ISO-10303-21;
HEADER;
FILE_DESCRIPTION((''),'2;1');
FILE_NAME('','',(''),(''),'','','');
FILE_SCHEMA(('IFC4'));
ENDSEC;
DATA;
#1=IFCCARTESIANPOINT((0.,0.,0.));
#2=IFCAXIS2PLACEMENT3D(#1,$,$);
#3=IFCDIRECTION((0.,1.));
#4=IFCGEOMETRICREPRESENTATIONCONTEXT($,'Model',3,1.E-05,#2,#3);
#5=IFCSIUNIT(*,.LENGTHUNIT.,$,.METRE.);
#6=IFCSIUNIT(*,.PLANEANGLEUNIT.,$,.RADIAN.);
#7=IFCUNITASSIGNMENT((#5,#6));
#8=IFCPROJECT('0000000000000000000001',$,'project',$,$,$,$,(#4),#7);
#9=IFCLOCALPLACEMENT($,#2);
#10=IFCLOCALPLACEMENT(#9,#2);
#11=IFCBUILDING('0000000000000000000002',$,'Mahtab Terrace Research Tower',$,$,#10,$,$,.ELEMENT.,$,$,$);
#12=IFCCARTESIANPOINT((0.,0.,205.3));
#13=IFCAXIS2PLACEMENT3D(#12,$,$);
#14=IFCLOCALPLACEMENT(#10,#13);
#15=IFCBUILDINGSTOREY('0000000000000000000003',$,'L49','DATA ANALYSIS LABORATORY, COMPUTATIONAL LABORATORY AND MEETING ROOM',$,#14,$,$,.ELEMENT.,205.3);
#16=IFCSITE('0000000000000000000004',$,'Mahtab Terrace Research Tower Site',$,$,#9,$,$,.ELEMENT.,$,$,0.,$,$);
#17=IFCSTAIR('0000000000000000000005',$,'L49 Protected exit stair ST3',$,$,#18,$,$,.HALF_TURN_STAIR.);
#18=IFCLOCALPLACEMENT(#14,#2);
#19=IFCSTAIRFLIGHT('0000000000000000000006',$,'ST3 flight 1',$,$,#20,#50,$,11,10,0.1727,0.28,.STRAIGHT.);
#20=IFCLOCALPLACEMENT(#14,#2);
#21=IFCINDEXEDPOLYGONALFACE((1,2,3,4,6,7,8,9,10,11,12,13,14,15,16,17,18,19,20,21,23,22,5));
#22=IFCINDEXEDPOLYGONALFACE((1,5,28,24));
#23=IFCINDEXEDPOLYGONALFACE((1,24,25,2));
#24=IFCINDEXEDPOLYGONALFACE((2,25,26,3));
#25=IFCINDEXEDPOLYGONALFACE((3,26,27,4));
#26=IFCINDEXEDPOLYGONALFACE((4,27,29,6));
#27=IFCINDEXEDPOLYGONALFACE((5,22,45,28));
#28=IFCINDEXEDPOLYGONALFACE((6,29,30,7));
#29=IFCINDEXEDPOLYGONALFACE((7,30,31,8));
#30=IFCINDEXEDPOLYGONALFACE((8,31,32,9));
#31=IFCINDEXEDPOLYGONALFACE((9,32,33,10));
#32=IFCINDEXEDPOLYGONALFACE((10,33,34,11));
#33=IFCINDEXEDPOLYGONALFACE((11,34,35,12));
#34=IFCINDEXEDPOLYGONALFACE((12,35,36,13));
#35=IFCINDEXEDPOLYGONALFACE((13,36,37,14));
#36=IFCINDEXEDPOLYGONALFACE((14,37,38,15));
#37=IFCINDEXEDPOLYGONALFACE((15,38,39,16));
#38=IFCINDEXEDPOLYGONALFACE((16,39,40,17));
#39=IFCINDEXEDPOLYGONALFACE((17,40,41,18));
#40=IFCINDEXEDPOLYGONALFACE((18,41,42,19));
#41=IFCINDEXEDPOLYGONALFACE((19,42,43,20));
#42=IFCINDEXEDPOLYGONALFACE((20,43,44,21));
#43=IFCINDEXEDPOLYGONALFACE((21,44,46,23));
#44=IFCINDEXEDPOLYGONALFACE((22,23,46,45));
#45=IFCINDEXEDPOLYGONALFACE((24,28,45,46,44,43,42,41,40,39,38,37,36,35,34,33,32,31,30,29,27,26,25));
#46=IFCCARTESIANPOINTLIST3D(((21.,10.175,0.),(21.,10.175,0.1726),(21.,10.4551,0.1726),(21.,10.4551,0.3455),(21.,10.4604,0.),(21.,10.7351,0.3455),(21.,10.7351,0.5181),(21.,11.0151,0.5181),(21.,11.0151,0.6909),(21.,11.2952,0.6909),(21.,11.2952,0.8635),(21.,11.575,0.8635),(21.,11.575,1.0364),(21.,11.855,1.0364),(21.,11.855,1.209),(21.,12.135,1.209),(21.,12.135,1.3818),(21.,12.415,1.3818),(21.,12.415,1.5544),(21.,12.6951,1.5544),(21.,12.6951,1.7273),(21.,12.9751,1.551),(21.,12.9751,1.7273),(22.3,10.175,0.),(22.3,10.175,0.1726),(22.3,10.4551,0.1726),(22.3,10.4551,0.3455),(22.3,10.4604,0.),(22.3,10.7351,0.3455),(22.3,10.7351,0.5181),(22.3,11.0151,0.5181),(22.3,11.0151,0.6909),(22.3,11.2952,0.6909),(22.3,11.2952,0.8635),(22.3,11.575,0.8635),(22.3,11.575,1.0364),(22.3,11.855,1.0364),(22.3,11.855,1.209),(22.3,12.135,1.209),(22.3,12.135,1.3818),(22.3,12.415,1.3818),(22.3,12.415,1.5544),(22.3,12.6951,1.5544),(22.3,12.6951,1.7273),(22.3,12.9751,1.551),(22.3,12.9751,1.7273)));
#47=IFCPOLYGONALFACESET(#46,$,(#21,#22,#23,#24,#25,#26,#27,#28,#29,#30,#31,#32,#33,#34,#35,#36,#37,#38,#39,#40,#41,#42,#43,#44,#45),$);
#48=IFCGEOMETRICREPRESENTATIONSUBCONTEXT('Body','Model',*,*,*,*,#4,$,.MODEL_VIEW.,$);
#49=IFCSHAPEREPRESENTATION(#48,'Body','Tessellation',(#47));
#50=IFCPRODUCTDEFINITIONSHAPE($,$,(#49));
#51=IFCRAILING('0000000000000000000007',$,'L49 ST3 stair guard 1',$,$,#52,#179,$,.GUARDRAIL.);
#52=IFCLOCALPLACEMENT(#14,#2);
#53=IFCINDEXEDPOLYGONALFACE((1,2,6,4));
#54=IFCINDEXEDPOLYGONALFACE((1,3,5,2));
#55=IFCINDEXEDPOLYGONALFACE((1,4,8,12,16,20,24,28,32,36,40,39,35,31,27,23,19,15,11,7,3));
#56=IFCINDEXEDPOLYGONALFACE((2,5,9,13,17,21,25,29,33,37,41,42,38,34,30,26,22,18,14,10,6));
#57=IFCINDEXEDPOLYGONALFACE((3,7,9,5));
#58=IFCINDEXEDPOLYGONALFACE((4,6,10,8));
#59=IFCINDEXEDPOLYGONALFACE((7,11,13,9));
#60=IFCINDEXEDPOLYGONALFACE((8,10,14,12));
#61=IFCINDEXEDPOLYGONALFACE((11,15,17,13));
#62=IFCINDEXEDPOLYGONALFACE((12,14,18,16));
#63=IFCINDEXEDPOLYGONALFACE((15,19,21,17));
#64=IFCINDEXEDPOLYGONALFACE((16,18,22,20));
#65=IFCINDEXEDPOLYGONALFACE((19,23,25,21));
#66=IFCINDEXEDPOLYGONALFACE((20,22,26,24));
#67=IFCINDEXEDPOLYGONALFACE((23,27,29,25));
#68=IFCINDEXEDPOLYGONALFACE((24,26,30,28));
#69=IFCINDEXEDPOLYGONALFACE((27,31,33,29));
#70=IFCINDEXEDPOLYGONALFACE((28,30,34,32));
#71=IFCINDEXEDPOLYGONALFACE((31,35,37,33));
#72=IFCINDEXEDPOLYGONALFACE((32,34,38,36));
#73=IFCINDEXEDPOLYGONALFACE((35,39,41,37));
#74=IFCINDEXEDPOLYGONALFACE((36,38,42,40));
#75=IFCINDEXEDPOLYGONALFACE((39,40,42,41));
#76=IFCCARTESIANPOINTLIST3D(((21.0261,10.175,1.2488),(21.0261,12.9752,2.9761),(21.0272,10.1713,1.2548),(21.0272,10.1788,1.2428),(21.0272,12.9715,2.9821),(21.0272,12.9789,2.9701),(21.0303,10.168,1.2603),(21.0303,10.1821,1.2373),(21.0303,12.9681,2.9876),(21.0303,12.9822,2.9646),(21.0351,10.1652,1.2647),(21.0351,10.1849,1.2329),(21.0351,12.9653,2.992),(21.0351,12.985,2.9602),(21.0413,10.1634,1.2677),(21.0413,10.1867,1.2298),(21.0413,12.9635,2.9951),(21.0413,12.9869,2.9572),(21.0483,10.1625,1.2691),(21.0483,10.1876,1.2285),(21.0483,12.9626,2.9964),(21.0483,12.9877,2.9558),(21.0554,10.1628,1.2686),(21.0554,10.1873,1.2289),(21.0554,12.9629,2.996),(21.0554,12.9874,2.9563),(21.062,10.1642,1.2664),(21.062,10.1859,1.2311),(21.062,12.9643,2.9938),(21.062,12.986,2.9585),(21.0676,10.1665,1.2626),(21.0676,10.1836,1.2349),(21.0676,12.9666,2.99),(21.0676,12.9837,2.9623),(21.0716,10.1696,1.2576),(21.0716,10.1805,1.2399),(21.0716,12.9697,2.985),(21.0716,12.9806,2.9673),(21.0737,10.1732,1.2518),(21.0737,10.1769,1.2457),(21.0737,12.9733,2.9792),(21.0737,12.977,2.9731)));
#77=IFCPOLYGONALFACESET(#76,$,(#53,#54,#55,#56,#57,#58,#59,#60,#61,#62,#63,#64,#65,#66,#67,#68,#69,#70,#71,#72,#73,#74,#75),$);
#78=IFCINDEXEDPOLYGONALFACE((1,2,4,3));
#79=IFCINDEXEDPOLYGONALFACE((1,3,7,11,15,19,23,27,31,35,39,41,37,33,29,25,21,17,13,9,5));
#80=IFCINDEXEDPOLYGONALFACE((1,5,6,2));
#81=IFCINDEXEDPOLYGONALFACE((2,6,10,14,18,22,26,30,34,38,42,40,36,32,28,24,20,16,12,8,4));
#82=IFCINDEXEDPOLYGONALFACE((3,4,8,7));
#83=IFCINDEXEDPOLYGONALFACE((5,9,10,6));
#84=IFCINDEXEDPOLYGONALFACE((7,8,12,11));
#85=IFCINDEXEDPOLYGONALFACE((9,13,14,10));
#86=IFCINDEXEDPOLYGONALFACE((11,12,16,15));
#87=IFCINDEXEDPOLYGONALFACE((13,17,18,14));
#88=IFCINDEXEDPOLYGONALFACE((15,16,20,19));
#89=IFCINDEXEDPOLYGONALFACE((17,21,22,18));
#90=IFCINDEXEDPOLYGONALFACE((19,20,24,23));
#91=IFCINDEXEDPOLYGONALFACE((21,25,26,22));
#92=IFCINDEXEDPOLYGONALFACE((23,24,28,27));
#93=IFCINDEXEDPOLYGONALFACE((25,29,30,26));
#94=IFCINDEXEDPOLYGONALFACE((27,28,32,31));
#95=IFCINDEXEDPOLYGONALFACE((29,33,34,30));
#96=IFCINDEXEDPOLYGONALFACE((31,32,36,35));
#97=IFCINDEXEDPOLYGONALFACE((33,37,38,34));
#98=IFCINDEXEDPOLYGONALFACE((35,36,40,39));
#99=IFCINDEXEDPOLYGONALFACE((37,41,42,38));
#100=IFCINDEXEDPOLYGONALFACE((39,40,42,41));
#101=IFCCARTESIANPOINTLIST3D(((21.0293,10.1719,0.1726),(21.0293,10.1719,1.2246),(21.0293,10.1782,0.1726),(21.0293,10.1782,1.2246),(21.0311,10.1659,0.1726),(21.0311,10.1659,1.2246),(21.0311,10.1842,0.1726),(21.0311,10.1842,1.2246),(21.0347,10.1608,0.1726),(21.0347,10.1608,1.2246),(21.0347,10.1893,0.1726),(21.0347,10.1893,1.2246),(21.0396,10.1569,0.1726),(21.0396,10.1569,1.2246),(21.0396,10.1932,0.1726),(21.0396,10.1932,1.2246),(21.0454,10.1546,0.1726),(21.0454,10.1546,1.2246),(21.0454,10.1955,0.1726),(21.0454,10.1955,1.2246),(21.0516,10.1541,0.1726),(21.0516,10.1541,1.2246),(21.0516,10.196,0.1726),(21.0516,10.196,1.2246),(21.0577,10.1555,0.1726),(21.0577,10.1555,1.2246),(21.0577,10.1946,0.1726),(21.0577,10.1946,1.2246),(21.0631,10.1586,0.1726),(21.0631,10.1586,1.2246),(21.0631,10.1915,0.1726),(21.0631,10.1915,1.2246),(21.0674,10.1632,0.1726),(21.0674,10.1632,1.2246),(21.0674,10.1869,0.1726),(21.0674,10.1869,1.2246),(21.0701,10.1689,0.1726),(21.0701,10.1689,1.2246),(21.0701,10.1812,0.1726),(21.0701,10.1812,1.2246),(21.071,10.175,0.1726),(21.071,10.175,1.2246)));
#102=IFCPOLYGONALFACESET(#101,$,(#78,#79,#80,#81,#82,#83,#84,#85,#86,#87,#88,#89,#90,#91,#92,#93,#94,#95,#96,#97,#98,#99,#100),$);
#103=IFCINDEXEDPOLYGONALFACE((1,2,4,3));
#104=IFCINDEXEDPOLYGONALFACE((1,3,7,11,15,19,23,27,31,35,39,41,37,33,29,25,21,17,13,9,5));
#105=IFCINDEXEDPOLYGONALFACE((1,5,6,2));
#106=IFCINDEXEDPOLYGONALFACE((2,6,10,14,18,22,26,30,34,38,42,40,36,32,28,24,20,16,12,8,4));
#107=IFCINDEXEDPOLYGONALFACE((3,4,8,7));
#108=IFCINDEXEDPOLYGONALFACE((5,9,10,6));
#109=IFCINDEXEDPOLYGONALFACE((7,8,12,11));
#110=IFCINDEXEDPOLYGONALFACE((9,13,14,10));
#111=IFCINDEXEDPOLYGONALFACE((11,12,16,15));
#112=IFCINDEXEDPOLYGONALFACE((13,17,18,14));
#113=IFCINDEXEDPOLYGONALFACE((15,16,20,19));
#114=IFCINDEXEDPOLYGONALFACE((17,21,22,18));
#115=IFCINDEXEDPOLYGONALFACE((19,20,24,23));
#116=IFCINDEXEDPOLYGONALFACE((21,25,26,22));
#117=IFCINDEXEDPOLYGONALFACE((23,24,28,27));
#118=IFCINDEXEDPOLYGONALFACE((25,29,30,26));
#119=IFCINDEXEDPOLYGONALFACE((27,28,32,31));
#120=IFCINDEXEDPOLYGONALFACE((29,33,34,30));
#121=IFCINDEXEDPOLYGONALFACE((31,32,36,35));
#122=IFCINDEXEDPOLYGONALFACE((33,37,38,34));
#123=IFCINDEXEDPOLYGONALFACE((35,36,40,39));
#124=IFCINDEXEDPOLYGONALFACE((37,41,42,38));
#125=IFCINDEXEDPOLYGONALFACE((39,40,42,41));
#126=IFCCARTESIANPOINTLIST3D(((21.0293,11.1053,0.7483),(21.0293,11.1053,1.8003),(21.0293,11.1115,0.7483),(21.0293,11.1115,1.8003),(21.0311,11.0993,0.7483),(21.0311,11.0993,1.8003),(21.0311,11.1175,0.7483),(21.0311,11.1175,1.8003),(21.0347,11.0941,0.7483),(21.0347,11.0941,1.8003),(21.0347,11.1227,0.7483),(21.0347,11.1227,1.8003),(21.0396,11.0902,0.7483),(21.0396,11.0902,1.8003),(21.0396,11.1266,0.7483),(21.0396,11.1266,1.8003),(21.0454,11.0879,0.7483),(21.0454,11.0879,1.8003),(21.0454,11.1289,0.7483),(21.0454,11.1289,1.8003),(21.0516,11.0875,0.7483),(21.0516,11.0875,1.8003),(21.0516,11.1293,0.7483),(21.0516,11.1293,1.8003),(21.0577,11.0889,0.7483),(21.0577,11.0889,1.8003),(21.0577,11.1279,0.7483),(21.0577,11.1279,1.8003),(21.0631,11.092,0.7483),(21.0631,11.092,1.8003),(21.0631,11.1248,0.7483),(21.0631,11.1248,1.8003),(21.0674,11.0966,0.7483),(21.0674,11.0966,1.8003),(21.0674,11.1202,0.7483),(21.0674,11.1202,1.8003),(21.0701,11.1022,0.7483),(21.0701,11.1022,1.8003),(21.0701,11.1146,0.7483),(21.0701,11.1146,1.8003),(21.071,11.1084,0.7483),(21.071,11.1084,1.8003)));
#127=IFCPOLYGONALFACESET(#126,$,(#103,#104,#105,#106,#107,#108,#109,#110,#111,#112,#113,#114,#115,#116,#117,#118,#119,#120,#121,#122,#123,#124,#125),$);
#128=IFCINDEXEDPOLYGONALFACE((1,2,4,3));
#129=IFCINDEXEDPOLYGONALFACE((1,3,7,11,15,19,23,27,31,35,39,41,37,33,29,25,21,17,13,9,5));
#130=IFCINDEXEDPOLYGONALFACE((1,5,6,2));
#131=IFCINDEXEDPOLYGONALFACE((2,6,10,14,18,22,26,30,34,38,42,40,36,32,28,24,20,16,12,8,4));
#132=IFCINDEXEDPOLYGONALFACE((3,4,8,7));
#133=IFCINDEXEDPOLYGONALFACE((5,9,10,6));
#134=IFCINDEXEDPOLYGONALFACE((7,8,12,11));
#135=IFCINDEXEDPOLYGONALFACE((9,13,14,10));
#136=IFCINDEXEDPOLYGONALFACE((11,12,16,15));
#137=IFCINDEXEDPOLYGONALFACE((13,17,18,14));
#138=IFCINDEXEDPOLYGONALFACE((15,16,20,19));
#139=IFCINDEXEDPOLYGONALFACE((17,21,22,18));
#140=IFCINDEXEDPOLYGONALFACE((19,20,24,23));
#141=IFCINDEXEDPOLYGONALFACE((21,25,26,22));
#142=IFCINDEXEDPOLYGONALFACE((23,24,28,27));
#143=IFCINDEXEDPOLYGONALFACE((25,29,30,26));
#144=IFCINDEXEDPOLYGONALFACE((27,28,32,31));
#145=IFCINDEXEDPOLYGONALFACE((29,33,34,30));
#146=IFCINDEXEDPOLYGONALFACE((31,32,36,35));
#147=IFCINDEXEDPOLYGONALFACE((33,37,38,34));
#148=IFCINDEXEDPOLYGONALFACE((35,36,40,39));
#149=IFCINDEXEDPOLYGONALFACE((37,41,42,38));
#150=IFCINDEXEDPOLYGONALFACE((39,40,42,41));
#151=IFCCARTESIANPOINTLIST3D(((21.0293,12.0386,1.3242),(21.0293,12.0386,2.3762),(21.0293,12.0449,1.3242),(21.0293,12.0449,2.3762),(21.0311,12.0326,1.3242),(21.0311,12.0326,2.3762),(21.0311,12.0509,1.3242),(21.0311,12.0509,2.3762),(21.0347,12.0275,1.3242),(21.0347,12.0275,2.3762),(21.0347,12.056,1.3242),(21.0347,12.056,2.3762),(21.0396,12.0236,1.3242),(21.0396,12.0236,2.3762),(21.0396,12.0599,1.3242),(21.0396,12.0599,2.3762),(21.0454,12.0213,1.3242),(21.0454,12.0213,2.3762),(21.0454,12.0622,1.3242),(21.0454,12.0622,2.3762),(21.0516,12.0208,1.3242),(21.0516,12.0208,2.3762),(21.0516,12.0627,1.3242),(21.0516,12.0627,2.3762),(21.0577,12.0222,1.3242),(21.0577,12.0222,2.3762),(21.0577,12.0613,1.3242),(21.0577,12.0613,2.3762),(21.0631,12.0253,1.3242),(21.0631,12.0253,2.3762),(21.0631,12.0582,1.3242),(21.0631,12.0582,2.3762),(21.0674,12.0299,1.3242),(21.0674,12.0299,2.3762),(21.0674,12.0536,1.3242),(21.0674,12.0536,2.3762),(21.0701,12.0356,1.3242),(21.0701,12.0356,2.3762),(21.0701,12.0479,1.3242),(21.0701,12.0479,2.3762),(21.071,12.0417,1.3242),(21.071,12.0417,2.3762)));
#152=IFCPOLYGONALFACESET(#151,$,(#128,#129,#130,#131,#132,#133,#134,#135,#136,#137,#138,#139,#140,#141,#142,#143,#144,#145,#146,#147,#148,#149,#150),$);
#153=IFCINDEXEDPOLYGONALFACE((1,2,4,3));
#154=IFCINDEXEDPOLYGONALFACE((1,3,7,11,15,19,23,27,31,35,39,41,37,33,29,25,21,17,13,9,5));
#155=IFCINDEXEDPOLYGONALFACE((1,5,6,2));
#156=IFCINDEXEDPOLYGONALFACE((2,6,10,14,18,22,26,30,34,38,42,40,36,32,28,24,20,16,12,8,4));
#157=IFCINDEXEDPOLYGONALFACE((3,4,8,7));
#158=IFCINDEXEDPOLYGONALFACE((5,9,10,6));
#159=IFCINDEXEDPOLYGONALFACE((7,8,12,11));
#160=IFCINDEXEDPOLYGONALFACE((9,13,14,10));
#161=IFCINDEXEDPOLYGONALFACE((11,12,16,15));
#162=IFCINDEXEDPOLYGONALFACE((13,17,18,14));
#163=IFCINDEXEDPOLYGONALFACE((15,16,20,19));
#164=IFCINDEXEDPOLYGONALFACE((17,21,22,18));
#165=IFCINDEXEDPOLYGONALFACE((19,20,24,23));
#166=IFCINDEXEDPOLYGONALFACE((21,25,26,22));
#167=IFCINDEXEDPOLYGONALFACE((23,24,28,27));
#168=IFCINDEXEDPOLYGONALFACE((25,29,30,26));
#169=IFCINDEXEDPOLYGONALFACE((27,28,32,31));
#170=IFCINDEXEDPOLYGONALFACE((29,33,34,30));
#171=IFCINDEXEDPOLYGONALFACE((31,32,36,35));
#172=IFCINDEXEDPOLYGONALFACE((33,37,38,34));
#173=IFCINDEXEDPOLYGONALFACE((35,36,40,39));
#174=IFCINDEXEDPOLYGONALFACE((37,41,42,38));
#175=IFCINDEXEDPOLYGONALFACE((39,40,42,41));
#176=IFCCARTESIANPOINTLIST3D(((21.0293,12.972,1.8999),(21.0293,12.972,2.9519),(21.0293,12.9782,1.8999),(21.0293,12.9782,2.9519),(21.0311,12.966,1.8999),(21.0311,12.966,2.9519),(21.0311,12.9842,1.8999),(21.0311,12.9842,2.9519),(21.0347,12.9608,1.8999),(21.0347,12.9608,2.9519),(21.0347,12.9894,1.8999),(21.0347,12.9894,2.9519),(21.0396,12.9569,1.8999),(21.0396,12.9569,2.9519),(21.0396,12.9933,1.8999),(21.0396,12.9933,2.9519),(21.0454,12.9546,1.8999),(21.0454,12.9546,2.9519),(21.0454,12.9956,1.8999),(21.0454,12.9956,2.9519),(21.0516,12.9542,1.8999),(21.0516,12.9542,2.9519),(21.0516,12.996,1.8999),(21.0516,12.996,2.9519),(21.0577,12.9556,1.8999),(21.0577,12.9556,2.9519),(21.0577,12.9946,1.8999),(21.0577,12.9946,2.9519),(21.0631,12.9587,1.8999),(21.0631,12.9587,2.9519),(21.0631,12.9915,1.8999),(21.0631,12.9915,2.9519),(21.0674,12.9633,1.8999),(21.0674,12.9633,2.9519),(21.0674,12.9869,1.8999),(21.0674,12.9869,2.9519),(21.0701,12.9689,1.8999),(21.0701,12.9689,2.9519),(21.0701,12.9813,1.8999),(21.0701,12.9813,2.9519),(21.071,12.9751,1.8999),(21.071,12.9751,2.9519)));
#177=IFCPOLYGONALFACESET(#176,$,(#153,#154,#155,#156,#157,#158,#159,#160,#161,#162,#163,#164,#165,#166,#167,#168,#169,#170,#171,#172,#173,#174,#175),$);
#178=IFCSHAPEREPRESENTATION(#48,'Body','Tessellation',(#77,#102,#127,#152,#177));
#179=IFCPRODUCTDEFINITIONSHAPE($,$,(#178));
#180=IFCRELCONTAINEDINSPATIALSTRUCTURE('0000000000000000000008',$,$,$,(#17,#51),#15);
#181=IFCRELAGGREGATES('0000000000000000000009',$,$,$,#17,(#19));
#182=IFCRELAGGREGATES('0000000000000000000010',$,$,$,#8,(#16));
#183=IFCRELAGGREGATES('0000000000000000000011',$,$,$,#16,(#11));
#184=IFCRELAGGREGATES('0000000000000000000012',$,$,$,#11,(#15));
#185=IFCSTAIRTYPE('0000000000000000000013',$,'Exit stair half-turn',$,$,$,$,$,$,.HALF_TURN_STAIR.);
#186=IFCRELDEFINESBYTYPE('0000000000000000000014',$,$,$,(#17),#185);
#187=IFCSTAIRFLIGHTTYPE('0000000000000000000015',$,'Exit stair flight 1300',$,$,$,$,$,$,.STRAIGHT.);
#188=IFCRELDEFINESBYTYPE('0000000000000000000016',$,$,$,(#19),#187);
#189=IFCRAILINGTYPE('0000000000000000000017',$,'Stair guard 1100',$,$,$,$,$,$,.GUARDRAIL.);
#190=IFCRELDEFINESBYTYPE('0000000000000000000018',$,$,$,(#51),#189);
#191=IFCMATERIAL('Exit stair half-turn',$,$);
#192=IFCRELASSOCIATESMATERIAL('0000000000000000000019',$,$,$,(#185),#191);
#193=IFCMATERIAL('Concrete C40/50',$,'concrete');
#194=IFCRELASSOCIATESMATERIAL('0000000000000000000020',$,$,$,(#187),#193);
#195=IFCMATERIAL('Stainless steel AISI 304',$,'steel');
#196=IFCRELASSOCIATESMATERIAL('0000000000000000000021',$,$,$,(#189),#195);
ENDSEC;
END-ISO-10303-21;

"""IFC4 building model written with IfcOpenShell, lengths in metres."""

from ifc_helpers import new_model, si_unit, direction, frame, origin, origin_2d, place, context, subcontext, project, spatial, polyline, circle, outline, extrude, material, type_object, element, aggregate, save


model = new_model("IFC4")

# Units and contexts
model_context = context("Model", 3, precision=1e-05, world=origin(), true_north=direction((0.0, 1.0)))
body_context = subcontext(model_context, "Body", "Model", "MODEL_VIEW")
ifc_project = project(units=[si_unit("LENGTHUNIT", "METRE"), si_unit("PLANEANGLEUNIT", "RADIAN")], contexts=[model_context])

# Site, building, storey
site_placement = place(None, origin())
site = spatial("IfcSite", under=ifc_project, at=site_placement, Name="Mahtab Terrace Research Tower Site", CompositionType="ELEMENT", RefElevation=0.0)
building_placement = place(site_placement, origin())
building = spatial("IfcBuilding", under=site, at=building_placement, Name="Mahtab Terrace Research Tower", CompositionType="ELEMENT")
storey_placement = place(building_placement, frame((0.0, 0.0, 205.3)))
storey = spatial("IfcBuildingStorey", under=building, at=storey_placement, Name="L49", Description="DATA ANALYSIS LABORATORY, COMPUTATIONAL LABORATORY AND MEETING ROOM", CompositionType="ELEMENT", Elevation=205.3)

# Shared definitions
ifc_material_1 = material(Name="Stainless steel AISI 304", Category="steel")

# Stair, stair flight
ifc_material_2 = material(Name="Exit stair half-turn")
stair_type = type_object("IfcStairType", Name="Exit stair half-turn", PredefinedType="HALF_TURN_STAIR", material=ifc_material_2)
stair_placement = place(storey_placement, origin())
stair = element("IfcStair", 1, at=stair_placement, inside=storey, type_object=stair_type, Name="L49 Protected exit stair ST3", PredefinedType="HALF_TURN_STAIR")
ifc_material_3 = material(Name="Concrete C40/50", Category="concrete")
stair_flight_type = type_object("IfcStairFlightType", Name="Exit stair flight 1300", PredefinedType="STRAIGHT", material=ifc_material_3)
stair_flight_placement = place(storey_placement, frame((21.6499, 10.175, 0.0), z_axis=(0.0, 0.0, 1.0), x_axis=(0.0, 1.0, 0.0)))
stair_flight = element("IfcStairFlight", 2, at=stair_flight_placement, type_object=stair_flight_type, Name="ST3 flight 1", NumberOfRisers=11, NumberOfTreads=10, PredefinedType="STRAIGHT", RiserHeight=0.1727, TreadLength=0.28, context=body_context, shape_type="SweptSolid", body=[
    extrude(outline(polyline([(0.0, 0.0), (0.0, 0.1726), (0.28, 0.1726), (0.28, 0.3455), (0.5601, 0.3455), (0.5601, 0.5181), (0.8401, 0.5181), (0.8401, 0.6909), (1.1201, 0.6909), (1.1201, 0.8635), (1.3999, 0.8635), (1.3999, 1.0364), (1.6799, 1.0364), (1.6799, 1.209), (1.96, 1.209), (1.96, 1.3818), (2.24, 1.3818), (2.24, 1.5544), (2.52, 1.5544), (2.52, 1.7273), (2.8, 1.7273), (2.8, 1.8999), (2.8, 1.551), (0.2854, 0.0), (0.0, 0.0)])), frame((0.0, 0.6499, 0.0), z_axis=(0.0, -1.0, 0.0), x_axis=(1.0, 0.0, 0.0)), (0.0, 0.0, 1.0), 1.3),
])
aggregate(stair, [stair_flight])

# Railing
railing_type_1 = type_object("IfcRailingType", Name="Stair guard 1100", PredefinedType="GUARDRAIL", material=ifc_material_1)
railing_1_placement = place(storey_placement, frame((21.05, 10.175, 0.1726)))
element("IfcRailing", 3, at=railing_1_placement, inside=storey, type_object=railing_type_1, Name="L49 ST3 stair guard 1", PredefinedType="GUARDRAIL", context=body_context, shape_type="SweptSolid", body=[
    extrude(circle(Radius=0.0239, at=origin_2d()), frame((0.0, 0.0, 1.0762), z_axis=(0.0, 0.85109, 0.52502), x_axis=(-1.0, 0.0, 0.0)), (0.0, 0.0, 1.0), 3.29),
    extrude(circle(Radius=0.021, at=origin_2d()), origin(), (0.0, 0.0, 1.0), 1.052),
    extrude(circle(Radius=0.021, at=origin_2d()), frame((0.0, 0.9333, 0.5757)), (0.0, 0.0, 1.0), 1.052),
    extrude(circle(Radius=0.021, at=origin_2d()), frame((0.0, 1.8667, 1.1516)), (0.0, 0.0, 1.0), 1.052),
    extrude(circle(Radius=0.021, at=origin_2d()), frame((0.0, 2.8, 1.7273)), (0.0, 0.0, 1.0), 1.052),
])

save(model, "model.ifc")
